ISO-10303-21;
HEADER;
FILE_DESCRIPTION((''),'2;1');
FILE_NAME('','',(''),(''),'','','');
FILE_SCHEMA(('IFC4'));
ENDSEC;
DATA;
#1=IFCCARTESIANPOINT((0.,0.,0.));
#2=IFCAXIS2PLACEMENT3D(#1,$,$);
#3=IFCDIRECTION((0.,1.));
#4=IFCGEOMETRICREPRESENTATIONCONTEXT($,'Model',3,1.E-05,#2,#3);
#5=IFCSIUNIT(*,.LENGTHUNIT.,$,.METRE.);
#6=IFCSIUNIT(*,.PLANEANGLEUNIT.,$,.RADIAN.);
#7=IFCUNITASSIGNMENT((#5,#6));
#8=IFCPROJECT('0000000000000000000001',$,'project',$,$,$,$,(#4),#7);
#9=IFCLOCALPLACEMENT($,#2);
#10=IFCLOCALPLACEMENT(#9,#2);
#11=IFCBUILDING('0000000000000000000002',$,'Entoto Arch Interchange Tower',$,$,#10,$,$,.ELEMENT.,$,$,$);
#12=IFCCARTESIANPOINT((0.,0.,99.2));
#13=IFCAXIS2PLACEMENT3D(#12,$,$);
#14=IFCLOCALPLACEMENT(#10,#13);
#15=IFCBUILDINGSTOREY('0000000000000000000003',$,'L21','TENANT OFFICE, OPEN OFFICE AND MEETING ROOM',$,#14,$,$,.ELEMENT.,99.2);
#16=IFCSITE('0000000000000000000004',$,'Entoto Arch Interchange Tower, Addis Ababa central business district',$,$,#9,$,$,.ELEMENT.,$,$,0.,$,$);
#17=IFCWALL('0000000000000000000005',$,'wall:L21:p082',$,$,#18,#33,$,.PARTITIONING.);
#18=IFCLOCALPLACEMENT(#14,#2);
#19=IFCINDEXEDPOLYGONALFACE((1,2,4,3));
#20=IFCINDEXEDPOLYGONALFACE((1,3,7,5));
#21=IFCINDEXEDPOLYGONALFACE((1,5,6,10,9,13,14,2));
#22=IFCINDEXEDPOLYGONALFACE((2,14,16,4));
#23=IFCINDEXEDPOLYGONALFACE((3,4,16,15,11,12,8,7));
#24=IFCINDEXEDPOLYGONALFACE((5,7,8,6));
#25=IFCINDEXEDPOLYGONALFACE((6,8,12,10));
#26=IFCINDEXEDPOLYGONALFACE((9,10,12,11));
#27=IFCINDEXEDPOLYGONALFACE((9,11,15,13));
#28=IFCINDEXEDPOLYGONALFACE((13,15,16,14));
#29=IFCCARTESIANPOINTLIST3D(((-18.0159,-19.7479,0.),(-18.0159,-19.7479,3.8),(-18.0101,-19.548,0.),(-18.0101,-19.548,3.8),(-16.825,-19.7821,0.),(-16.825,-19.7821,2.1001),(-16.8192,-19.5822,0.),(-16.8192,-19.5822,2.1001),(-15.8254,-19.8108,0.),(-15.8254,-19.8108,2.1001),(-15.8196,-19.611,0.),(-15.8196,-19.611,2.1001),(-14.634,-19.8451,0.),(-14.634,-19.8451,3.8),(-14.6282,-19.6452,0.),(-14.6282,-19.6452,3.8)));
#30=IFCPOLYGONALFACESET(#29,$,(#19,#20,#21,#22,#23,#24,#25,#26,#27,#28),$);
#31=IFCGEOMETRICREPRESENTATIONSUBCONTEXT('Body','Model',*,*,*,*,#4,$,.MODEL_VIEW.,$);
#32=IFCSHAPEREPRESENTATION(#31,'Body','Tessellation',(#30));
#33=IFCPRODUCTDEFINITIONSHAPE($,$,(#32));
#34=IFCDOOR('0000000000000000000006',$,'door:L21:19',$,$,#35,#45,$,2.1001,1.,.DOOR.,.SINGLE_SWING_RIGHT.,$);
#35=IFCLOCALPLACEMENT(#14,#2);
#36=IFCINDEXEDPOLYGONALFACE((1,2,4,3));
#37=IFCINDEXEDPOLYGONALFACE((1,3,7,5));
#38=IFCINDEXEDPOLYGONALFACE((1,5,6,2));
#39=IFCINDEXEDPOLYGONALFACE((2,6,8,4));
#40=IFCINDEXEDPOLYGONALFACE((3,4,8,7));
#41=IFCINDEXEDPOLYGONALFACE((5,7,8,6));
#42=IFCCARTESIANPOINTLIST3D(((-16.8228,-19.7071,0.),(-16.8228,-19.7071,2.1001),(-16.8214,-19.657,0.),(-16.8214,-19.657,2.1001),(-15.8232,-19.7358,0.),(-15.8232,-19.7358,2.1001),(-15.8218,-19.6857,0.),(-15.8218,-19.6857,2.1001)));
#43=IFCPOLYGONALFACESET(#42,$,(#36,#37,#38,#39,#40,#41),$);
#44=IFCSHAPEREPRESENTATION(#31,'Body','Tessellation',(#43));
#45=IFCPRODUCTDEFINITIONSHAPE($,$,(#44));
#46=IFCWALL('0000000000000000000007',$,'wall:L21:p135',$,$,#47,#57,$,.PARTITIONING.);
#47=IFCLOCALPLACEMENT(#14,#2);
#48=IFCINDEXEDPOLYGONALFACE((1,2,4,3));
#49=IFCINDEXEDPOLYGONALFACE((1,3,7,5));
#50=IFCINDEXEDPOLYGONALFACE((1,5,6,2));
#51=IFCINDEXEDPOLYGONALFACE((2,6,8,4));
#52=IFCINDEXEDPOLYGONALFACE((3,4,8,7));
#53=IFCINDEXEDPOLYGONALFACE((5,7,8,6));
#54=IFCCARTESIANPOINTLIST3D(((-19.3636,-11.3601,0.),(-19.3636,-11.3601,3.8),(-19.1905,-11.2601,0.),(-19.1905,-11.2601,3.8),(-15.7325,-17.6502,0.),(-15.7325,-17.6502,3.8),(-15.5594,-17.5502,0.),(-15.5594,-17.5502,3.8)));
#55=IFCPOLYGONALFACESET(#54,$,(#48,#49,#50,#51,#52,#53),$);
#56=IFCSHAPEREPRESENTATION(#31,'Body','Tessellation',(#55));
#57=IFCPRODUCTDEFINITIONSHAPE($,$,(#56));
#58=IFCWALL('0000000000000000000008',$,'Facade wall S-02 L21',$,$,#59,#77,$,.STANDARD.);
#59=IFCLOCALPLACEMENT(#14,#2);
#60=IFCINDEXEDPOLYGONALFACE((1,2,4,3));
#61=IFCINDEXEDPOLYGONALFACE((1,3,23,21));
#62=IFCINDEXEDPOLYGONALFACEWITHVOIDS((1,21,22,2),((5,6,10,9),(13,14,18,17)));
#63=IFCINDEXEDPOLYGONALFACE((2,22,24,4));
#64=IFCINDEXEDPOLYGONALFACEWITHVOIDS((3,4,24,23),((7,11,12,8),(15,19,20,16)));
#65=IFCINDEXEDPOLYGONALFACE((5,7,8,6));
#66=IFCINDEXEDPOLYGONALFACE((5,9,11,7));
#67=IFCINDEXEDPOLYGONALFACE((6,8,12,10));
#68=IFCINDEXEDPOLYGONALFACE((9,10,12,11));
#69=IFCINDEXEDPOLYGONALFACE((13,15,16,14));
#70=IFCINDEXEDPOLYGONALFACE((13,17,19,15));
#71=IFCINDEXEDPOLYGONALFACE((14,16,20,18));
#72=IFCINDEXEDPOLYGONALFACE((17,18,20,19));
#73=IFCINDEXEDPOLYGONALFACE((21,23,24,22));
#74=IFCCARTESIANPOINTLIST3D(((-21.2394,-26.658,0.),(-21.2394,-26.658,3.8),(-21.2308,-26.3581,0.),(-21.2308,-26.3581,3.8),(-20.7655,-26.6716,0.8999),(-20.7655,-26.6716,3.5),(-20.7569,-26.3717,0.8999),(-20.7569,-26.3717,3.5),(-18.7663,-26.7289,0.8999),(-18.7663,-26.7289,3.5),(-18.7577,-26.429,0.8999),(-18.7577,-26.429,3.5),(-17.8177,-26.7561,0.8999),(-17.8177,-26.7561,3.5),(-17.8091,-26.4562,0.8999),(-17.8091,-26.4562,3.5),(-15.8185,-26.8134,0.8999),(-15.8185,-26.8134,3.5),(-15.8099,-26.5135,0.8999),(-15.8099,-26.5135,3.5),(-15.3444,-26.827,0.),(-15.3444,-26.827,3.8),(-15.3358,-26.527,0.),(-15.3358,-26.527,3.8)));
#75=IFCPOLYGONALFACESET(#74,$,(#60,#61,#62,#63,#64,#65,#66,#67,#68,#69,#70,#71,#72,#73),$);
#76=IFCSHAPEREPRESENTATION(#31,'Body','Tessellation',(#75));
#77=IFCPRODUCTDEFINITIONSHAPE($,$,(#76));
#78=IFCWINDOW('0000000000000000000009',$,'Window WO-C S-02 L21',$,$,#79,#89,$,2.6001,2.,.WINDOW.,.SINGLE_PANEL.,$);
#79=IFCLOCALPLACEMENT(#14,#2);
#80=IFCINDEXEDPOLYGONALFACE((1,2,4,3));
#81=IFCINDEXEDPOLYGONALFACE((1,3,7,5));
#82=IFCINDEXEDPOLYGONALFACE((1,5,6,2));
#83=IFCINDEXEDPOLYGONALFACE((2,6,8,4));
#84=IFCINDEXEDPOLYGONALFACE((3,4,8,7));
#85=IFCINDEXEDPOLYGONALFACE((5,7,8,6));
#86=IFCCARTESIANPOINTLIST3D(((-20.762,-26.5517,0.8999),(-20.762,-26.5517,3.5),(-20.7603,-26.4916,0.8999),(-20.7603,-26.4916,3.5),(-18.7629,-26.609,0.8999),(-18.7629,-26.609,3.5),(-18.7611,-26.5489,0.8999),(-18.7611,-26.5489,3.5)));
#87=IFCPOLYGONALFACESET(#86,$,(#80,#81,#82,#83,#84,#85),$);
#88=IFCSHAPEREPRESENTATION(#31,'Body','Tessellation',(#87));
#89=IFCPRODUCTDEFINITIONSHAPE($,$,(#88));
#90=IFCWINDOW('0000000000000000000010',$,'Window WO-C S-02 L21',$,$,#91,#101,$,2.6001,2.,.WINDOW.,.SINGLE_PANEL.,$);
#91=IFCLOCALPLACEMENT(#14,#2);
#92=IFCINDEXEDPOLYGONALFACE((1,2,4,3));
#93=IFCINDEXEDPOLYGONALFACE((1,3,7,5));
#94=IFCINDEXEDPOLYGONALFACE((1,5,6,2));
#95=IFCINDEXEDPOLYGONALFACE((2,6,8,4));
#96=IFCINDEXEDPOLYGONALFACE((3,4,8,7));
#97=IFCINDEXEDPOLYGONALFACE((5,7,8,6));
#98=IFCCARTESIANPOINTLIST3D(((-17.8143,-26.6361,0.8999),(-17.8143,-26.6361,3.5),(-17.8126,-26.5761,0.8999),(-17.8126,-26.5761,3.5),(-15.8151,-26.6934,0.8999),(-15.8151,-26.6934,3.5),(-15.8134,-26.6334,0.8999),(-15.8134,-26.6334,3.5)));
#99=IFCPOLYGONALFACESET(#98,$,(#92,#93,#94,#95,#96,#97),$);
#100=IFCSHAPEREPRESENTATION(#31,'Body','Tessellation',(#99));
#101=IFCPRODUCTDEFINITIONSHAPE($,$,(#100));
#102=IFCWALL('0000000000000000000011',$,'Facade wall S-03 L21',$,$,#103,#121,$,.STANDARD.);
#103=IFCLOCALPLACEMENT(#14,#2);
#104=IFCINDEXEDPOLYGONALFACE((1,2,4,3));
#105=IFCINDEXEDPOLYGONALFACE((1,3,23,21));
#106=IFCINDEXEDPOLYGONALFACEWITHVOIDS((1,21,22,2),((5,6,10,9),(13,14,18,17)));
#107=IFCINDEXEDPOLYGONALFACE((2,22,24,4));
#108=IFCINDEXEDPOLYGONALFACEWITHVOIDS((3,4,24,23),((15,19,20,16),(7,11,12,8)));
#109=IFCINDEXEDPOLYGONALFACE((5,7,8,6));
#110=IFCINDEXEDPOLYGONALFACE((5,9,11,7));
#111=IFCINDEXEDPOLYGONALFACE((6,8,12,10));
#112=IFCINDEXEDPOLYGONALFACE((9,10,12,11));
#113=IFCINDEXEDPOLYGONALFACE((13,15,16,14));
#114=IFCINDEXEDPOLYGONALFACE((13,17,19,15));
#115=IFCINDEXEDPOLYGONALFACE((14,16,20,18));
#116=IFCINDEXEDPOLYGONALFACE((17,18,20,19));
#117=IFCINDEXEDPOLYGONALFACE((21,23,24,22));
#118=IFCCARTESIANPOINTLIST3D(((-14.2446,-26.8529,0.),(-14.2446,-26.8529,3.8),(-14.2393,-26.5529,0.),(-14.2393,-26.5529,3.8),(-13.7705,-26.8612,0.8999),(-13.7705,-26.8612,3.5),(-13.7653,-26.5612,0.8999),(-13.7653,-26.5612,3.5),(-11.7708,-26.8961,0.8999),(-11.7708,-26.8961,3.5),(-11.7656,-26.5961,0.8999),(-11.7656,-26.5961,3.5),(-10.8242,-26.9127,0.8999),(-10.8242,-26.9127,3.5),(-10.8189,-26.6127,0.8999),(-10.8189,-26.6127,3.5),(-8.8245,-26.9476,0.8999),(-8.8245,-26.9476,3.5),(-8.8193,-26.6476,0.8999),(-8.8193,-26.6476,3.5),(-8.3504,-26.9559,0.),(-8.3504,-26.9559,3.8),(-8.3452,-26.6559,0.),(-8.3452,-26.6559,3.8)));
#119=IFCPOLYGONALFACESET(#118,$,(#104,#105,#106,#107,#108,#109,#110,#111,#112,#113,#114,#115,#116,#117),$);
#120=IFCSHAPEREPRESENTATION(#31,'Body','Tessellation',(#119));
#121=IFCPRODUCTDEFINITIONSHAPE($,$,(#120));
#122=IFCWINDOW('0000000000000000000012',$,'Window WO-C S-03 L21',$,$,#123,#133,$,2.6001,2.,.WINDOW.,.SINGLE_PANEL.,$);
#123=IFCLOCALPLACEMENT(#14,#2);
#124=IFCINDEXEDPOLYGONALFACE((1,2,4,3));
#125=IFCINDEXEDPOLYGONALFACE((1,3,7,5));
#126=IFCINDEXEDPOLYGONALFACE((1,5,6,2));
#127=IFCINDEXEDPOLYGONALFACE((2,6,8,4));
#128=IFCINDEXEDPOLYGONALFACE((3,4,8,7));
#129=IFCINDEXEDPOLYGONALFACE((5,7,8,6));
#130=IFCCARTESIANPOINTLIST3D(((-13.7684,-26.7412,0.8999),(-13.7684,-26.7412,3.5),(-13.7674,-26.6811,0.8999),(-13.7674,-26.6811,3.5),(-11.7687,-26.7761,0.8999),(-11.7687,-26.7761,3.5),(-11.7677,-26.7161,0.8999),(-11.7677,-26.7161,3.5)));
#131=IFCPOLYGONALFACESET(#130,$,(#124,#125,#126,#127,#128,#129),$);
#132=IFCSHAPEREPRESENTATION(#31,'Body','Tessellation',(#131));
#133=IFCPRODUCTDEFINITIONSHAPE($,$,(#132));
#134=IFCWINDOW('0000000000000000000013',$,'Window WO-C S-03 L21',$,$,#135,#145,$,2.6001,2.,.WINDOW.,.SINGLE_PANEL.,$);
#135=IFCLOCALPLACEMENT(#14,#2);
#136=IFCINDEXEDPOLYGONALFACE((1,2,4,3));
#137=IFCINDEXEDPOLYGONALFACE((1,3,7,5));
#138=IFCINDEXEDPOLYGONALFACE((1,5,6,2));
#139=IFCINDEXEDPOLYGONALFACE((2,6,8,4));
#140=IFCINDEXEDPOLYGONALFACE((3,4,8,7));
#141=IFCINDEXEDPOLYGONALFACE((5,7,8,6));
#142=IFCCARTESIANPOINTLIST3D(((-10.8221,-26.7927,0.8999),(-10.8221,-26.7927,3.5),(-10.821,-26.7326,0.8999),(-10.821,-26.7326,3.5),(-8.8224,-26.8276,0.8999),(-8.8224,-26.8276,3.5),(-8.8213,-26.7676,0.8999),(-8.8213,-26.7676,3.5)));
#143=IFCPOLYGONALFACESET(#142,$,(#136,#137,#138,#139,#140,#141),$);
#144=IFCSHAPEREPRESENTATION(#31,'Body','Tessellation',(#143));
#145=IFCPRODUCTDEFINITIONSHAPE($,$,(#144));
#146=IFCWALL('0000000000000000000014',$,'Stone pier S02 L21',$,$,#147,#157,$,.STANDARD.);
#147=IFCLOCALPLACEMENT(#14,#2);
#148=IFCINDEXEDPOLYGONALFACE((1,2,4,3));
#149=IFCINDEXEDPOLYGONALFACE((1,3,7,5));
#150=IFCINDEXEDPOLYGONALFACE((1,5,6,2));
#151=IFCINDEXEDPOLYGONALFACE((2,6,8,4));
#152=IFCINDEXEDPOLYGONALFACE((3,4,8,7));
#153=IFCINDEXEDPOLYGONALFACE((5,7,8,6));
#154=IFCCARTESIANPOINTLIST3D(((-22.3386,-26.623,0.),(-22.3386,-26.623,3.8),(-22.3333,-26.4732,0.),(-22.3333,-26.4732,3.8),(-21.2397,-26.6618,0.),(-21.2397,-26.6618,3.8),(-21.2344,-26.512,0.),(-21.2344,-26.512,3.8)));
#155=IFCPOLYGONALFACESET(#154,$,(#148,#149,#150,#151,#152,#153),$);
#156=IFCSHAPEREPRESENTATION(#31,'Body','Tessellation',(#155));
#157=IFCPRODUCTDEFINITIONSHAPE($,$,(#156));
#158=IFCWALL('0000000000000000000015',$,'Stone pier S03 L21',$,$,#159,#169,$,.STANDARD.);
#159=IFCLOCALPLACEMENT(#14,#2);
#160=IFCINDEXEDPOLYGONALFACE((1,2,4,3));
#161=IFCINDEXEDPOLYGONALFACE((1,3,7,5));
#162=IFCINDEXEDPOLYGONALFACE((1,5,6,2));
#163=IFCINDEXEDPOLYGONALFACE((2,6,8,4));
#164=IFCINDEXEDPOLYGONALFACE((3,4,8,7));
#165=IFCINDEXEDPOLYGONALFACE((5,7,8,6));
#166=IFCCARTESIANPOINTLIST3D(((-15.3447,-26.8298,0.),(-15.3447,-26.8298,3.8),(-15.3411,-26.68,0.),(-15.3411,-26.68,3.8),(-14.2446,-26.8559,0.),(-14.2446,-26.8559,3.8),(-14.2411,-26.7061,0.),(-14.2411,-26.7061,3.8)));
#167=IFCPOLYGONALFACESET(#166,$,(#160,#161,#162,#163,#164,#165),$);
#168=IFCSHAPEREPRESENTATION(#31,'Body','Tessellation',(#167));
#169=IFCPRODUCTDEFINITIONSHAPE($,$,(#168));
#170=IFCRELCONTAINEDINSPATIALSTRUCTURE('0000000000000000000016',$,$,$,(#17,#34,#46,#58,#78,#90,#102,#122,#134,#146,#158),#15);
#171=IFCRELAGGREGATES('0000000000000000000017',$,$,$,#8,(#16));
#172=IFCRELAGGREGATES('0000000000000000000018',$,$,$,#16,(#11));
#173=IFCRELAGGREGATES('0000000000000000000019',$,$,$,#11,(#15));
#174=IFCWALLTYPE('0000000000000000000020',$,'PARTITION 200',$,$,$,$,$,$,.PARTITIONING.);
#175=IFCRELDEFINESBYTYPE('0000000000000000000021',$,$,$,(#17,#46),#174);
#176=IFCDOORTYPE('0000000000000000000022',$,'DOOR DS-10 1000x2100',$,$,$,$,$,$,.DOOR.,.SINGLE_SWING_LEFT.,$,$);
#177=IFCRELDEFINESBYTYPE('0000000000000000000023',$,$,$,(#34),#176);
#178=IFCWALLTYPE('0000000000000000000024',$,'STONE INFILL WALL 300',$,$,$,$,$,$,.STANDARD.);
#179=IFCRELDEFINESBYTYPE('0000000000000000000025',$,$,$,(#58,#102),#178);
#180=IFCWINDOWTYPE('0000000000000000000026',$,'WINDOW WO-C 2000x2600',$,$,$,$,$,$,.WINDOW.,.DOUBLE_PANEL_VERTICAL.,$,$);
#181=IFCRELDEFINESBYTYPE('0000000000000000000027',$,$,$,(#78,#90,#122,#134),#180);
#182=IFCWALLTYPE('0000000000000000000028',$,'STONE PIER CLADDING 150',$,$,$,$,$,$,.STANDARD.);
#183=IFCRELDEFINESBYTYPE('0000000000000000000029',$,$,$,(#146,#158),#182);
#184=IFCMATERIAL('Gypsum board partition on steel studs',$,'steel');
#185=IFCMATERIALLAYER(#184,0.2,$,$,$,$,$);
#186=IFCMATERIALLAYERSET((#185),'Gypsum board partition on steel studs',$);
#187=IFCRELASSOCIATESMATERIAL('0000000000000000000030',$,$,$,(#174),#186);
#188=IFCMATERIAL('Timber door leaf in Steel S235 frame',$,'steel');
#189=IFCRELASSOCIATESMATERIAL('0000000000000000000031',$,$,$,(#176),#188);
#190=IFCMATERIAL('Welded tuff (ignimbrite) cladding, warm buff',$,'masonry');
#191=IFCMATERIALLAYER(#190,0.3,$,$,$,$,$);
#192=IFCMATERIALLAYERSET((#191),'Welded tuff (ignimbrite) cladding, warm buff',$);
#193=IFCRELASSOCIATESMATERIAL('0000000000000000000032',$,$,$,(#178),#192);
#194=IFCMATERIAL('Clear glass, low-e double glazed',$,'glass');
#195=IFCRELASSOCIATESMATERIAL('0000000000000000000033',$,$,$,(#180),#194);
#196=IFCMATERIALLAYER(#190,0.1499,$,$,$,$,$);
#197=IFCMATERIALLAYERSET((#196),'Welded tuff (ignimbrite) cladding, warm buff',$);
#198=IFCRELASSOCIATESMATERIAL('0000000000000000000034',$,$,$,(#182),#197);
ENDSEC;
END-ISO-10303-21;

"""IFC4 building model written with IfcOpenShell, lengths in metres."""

from ifc_helpers import new_model, si_unit, direction, frame, frame_2d, origin, place, context, subcontext, project, spatial, rectangle, extrude, material, layer, layer_set, type_object, element, fill, save


model = new_model("IFC4")

# Units and contexts
model_context = context("Model", 3, precision=1e-05, world=origin(), true_north=direction((0.0, 1.0)))
body_context = subcontext(model_context, "Body", "Model", "MODEL_VIEW")
ifc_project = project(units=[si_unit("LENGTHUNIT", "METRE"), si_unit("PLANEANGLEUNIT", "RADIAN")], contexts=[model_context])

# Site, building, storey
site_placement = place(None, origin())
site = spatial("IfcSite", under=ifc_project, at=site_placement, Name="Entoto Arch Interchange Tower, Addis Ababa central business district", CompositionType="ELEMENT", RefElevation=0.0)
building_placement = place(site_placement, origin())
building = spatial("IfcBuilding", under=site, at=building_placement, Name="Entoto Arch Interchange Tower", CompositionType="ELEMENT")
storey_placement = place(building_placement, frame((0.0, 0.0, 99.2)))
storey = spatial("IfcBuildingStorey", under=building, at=storey_placement, Name="L21", Description="TENANT OFFICE, OPEN OFFICE AND MEETING ROOM", CompositionType="ELEMENT", Elevation=99.2)

# Shared definitions
ifc_material_1 = material(Name="Gypsum board partition on steel studs", Category="steel")

# Shared definitions
ifc_layer_1 = layer(ifc_material_1, 0.2)
ifc_layer_set_1 = layer_set([ifc_layer_1], Name="Gypsum board partition on steel studs")
wall_type_1 = type_object("IfcWallType", Name="PARTITION 200", PredefinedType="PARTITIONING", material=ifc_layer_set_1)
ifc_material_2 = material(Name="Timber door leaf in Steel S235 frame", Category="steel")
door_type = type_object("IfcDoorType", Name="DOOR DS-10 1000x2100", OperationType="SINGLE_SWING_LEFT", PredefinedType="DOOR", material=ifc_material_2)

# Wall, opening, door
wall_1_placement = place(storey_placement, frame((-14.6311, -19.7451, 0.0), z_axis=(0.0, 0.0, 1.0), x_axis=(-0.999587, 0.02872, 0.0)))
wall_1 = element("IfcWall", 1, at=wall_1_placement, inside=storey, type_object=wall_type_1, Name="wall:L21:p082", PredefinedType="PARTITIONING", context=body_context, shape_type="SweptSolid", body=[
    extrude(rectangle(XDim=3.3833, YDim=0.2, at=frame_2d((1.6917, 0.0))), origin(), (0.0, 0.0, 1.0), 3.8),
])
opening_1_placement = place(wall_1_placement, frame((1.1919, 0.0, 0.0)))
opening_1 = element("IfcOpeningElement", 2, at=opening_1_placement, cuts=wall_1, PredefinedType="OPENING", context=body_context, shape_type="SweptSolid", body=[
    extrude(rectangle(XDim=1.0, YDim=2.1001, at=frame_2d((0.5, 1.05))), frame((0.0, 0.1099, 0.0), z_axis=(0.0, -1.0, 0.0), x_axis=(1.0, 0.0, 0.0)), (0.0, 0.0, 1.0), 0.22),
])
door_1_placement = place(opening_1_placement, origin())
door_1 = element("IfcDoor", 3, at=door_1_placement, inside=storey, type_object=door_type, Name="door:L21:19", OperationType="SINGLE_SWING_RIGHT", OverallHeight=2.1001, OverallWidth=1.0, PredefinedType="DOOR", context=body_context, shape_type="SweptSolid", body=[
    extrude(rectangle(XDim=1.0, YDim=2.1001, at=frame_2d((0.5, 1.05))), frame((0.0, 0.0249, 0.0), z_axis=(0.0, -1.0, 0.0), x_axis=(1.0, 0.0, 0.0)), (0.0, 0.0, 1.0), 0.05),
])
fill(opening_1, door_1)

# Wall
wall_2_placement = place(storey_placement, frame((-15.646, -17.6001, 0.0), z_axis=(0.0, 0.0, 1.0), x_axis=(-0.499953, 0.866052, 0.0)))
element("IfcWall", 4, at=wall_2_placement, inside=storey, type_object=wall_type_1, Name="wall:L21:p135", PredefinedType="PARTITIONING", context=body_context, shape_type="SweptSolid", body=[
    extrude(rectangle(XDim=7.2629, YDim=0.2, at=frame_2d((3.6313, 0.0))), origin(), (0.0, 0.0, 1.0), 3.8),
])

# Walls, openings, windows
ifc_material_3 = material(Name="Welded tuff (ignimbrite) cladding, warm buff", Category="masonry")
ifc_layer_2 = layer(ifc_material_3, 0.3)
ifc_layer_set_2 = layer_set([ifc_layer_2], Name="Welded tuff (ignimbrite) cladding, warm buff")
wall_type_2 = type_object("IfcWallType", Name="STONE INFILL WALL 300", PredefinedType="STANDARD", material=ifc_layer_set_2)
wall_3_placement = place(storey_placement, frame((-21.2351, -26.5081, 0.0), z_axis=(0.0, 0.0, 1.0), x_axis=(0.99959, -0.028647, 0.0)))
wall_3 = element("IfcWall", 5, at=wall_3_placement, inside=storey, type_object=wall_type_2, Name="Facade wall S-02 L21", PredefinedType="STANDARD", context=body_context, shape_type="SweptSolid", body=[
    extrude(rectangle(XDim=5.8975, YDim=0.3, at=frame_2d((2.9487, 0.0))), origin(), (0.0, 0.0, 1.0), 3.8),
])
opening_2_placement = place(wall_3_placement, frame((0.4741, 0.0, 0.8999)))
opening_2 = element("IfcOpeningElement", 6, at=opening_2_placement, cuts=wall_3, PredefinedType="OPENING", context=body_context, shape_type="SweptSolid", body=[
    extrude(rectangle(XDim=2.0, YDim=2.6001, at=frame_2d((1.0, 1.3))), frame((0.0, 0.1602, 0.0), z_axis=(0.0, -1.0, 0.0), x_axis=(1.0, 0.0, 0.0)), (0.0, 0.0, 1.0), 0.3201),
])
opening_3_placement = place(wall_3_placement, frame((3.4231, 0.0, 0.8999)))
opening_3 = element("IfcOpeningElement", 7, at=opening_3_placement, cuts=wall_3, PredefinedType="OPENING", context=body_context, shape_type="SweptSolid", body=[
    extrude(rectangle(XDim=2.0, YDim=2.6001, at=frame_2d((1.0, 1.3))), frame((0.0, 0.1602, 0.0), z_axis=(0.0, -1.0, 0.0), x_axis=(1.0, 0.0, 0.0)), (0.0, 0.0, 1.0), 0.3201),
])
ifc_material_4 = material(Name="Clear glass, low-e double glazed", Category="glass")
window_type = type_object("IfcWindowType", Name="WINDOW WO-C 2000x2600", PartitioningType="DOUBLE_PANEL_VERTICAL", PredefinedType="WINDOW", material=ifc_material_4)
window_1_placement = place(opening_2_placement, origin())
window_1 = element("IfcWindow", 8, at=window_1_placement, inside=storey, type_object=window_type, Name="Window WO-C S-02 L21", OverallHeight=2.6001, OverallWidth=2.0, PartitioningType="SINGLE_PANEL", PredefinedType="WINDOW", context=body_context, shape_type="SweptSolid", body=[
    extrude(rectangle(XDim=2.0, YDim=2.6001, at=frame_2d((1.0, 1.3))), frame((0.0, 0.03, 0.0), z_axis=(0.0, -1.0, 0.0), x_axis=(1.0, 0.0, 0.0)), (0.0, 0.0, 1.0), 0.0601),
])
fill(opening_2, window_1)
window_2_placement = place(opening_3_placement, origin())
window_2 = element("IfcWindow", 9, at=window_2_placement, inside=storey, type_object=window_type, Name="Window WO-C S-02 L21", OverallHeight=2.6001, OverallWidth=2.0, PartitioningType="SINGLE_PANEL", PredefinedType="WINDOW", context=body_context, shape_type="SweptSolid", body=[
    extrude(rectangle(XDim=2.0, YDim=2.6001, at=frame_2d((1.0, 1.3))), frame((0.0, 0.03, 0.0), z_axis=(0.0, -1.0, 0.0), x_axis=(1.0, 0.0, 0.0)), (0.0, 0.0, 1.0), 0.0601),
])
fill(opening_3, window_2)
wall_4_placement = place(storey_placement, frame((-14.2419, -26.7029, 0.0), z_axis=(0.0, 0.0, 1.0), x_axis=(0.999847, -0.017477, 0.0)))
wall_4 = element("IfcWall", 10, at=wall_4_placement, inside=storey, type_object=wall_type_2, Name="Facade wall S-03 L21", PredefinedType="STANDARD", context=body_context, shape_type="SweptSolid", body=[
    extrude(rectangle(XDim=5.895, YDim=0.3, at=frame_2d((2.9475, 0.0))), origin(), (0.0, 0.0, 1.0), 3.8),
])
opening_4_placement = place(wall_4_placement, frame((0.4741, 0.0, 0.8999)))
opening_4 = element("IfcOpeningElement", 11, at=opening_4_placement, cuts=wall_4, PredefinedType="OPENING", context=body_context, shape_type="SweptSolid", body=[
    extrude(rectangle(XDim=2.0, YDim=2.6001, at=frame_2d((1.0, 1.3))), frame((0.0, 0.1602, 0.0), z_axis=(0.0, -1.0, 0.0), x_axis=(1.0, 0.0, 0.0)), (0.0, 0.0, 1.0), 0.3201),
])
opening_5_placement = place(wall_4_placement, frame((3.4209, 0.0, 0.8999)))
opening_5 = element("IfcOpeningElement", 12, at=opening_5_placement, cuts=wall_4, PredefinedType="OPENING", context=body_context, shape_type="SweptSolid", body=[
    extrude(rectangle(XDim=2.0, YDim=2.6001, at=frame_2d((1.0, 1.3))), frame((0.0, 0.1602, 0.0), z_axis=(0.0, -1.0, 0.0), x_axis=(1.0, 0.0, 0.0)), (0.0, 0.0, 1.0), 0.3201),
])
window_3_placement = place(opening_4_placement, origin())
window_3 = element("IfcWindow", 13, at=window_3_placement, inside=storey, type_object=window_type, Name="Window WO-C S-03 L21", OverallHeight=2.6001, OverallWidth=2.0, PartitioningType="SINGLE_PANEL", PredefinedType="WINDOW", context=body_context, shape_type="SweptSolid", body=[
    extrude(rectangle(XDim=2.0, YDim=2.6001, at=frame_2d((1.0, 1.3))), frame((0.0, 0.03, 0.0), z_axis=(0.0, -1.0, 0.0), x_axis=(1.0, 0.0, 0.0)), (0.0, 0.0, 1.0), 0.0601),
])
fill(opening_4, window_3)
window_4_placement = place(opening_5_placement, origin())
window_4 = element("IfcWindow", 14, at=window_4_placement, inside=storey, type_object=window_type, Name="Window WO-C S-03 L21", OverallHeight=2.6001, OverallWidth=2.0, PartitioningType="SINGLE_PANEL", PredefinedType="WINDOW", context=body_context, shape_type="SweptSolid", body=[
    extrude(rectangle(XDim=2.0, YDim=2.6001, at=frame_2d((1.0, 1.3))), frame((0.0, 0.03, 0.0), z_axis=(0.0, -1.0, 0.0), x_axis=(1.0, 0.0, 0.0)), (0.0, 0.0, 1.0), 0.0601),
])
fill(opening_5, window_4)

# Walls
ifc_layer_3 = layer(ifc_material_3, 0.1499)
ifc_layer_set_3 = layer_set([ifc_layer_3], Name="Welded tuff (ignimbrite) cladding, warm buff")
wall_type_3 = type_object("IfcWallType", Name="STONE PIER CLADDING 150", PredefinedType="STANDARD", material=ifc_layer_set_3)
wall_5_placement = place(storey_placement, frame((-22.3359, -26.5481, 0.0), z_axis=(0.0, 0.0, 1.0), x_axis=(0.999377, -0.035303, 0.0)))
element("IfcWall", 15, at=wall_5_placement, inside=storey, type_object=wall_type_3, Name="Stone pier S02 L21", PredefinedType="STANDARD", context=body_context, shape_type="SweptSolid", body=[
    extrude(rectangle(XDim=1.0996, YDim=0.1499, at=frame_2d((0.5498, 0.0))), origin(), (0.0, 0.0, 1.0), 3.8),
])
wall_6_placement = place(storey_placement, frame((-15.343, -26.7549, 0.0), z_axis=(0.0, 0.0, 1.0), x_axis=(0.999718, -0.023739, 0.0)))
element("IfcWall", 16, at=wall_6_placement, inside=storey, type_object=wall_type_3, Name="Stone pier S03 L21", PredefinedType="STANDARD", context=body_context, shape_type="SweptSolid", body=[
    extrude(rectangle(XDim=1.1003, YDim=0.1499, at=frame_2d((0.5503, 0.0))), origin(), (0.0, 0.0, 1.0), 3.8),
])

save(model, "model.ifc")
